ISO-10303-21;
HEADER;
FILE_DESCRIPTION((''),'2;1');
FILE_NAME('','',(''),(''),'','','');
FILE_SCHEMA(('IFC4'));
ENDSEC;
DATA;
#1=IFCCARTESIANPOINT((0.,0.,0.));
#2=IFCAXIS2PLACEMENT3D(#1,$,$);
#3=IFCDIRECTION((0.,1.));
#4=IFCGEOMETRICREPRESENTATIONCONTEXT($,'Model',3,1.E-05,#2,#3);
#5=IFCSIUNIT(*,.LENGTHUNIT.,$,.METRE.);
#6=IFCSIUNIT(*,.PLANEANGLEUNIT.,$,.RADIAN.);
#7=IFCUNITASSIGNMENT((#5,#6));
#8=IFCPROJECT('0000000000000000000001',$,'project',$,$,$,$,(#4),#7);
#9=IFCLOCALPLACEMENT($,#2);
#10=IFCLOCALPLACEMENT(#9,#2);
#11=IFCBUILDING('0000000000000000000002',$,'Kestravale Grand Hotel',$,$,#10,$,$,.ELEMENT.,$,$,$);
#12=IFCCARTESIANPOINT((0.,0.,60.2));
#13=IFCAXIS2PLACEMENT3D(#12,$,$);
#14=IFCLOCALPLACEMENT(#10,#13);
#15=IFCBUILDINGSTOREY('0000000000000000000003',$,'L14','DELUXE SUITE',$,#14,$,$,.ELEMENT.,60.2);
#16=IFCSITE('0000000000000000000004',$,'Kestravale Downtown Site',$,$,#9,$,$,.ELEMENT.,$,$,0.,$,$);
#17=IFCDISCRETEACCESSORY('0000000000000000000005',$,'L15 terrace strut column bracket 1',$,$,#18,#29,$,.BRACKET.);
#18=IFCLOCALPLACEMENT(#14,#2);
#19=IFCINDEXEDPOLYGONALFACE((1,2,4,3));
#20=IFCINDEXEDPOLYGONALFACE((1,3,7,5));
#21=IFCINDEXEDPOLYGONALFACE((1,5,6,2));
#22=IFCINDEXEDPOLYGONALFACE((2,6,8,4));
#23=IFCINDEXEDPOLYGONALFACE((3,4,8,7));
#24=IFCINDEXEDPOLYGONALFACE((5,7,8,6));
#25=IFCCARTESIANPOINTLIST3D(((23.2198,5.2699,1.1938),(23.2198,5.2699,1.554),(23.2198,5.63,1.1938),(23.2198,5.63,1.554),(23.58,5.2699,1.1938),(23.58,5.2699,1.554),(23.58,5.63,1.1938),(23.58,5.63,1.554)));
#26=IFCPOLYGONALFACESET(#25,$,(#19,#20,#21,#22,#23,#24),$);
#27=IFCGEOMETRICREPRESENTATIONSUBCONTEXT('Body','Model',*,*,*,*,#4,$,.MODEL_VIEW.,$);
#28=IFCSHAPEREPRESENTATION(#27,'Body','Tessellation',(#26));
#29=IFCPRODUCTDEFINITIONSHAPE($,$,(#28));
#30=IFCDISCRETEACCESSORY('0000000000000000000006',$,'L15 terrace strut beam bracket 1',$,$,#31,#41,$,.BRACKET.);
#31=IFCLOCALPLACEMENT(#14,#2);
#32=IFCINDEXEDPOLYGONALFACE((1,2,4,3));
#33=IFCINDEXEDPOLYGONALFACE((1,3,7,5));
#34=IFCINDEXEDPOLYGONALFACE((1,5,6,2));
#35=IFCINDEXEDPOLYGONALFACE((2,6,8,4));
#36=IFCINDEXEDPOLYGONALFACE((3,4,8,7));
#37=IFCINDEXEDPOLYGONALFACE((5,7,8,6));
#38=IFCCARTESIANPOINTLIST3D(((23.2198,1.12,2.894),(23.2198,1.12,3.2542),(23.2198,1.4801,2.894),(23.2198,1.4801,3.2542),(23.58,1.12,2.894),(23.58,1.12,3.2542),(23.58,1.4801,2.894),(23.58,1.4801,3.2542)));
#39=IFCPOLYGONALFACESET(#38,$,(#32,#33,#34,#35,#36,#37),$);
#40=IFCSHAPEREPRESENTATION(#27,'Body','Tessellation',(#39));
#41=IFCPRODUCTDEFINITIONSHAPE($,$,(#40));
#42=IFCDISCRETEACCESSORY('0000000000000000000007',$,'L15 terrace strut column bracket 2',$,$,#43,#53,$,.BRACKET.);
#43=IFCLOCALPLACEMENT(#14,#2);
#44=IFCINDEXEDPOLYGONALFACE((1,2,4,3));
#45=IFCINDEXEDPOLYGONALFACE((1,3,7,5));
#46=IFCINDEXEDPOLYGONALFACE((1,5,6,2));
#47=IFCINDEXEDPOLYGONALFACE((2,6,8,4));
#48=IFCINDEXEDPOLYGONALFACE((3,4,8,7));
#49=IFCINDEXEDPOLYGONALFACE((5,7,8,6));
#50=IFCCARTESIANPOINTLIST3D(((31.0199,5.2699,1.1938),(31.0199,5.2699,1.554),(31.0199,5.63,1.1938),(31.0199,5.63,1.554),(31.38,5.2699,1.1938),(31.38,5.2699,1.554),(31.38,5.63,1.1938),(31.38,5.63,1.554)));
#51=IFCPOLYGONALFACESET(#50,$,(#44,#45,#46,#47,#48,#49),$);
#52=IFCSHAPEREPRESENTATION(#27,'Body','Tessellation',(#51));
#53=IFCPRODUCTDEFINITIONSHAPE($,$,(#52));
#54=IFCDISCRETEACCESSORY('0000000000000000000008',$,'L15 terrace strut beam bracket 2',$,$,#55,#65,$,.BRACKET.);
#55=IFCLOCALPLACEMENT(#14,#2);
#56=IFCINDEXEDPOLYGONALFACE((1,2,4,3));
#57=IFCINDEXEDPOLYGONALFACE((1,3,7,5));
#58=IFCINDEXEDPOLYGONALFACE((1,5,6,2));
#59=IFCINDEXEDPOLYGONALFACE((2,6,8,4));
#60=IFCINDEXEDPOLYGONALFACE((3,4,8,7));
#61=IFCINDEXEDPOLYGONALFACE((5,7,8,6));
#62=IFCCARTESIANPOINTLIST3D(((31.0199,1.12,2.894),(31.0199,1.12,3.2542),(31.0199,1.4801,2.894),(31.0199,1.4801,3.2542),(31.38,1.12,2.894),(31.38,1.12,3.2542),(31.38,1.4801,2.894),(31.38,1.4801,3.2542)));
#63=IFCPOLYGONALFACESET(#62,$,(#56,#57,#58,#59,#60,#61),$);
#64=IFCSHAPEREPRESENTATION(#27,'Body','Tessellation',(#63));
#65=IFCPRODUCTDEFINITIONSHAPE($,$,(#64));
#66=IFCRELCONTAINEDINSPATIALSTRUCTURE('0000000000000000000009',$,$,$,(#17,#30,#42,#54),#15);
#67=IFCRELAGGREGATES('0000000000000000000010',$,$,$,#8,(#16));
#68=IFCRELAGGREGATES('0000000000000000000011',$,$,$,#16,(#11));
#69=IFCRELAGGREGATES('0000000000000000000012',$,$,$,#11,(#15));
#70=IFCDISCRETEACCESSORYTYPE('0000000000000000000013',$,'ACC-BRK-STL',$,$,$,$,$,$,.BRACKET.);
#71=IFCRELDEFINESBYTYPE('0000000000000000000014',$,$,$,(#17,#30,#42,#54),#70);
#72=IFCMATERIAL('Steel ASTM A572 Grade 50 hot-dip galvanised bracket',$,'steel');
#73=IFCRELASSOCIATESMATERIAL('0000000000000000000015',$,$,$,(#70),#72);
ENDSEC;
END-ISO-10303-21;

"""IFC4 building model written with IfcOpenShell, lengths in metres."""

from ifc_helpers import new_model, si_unit, direction, frame, origin, origin_2d, place, context, subcontext, project, spatial, rectangle, extrude, material, type_object, element, save


model = new_model("IFC4")

# Units and contexts
model_context = context("Model", 3, precision=1e-05, world=origin(), true_north=direction((0.0, 1.0)))
body_context = subcontext(model_context, "Body", "Model", "MODEL_VIEW")
ifc_project = project(units=[si_unit("LENGTHUNIT", "METRE"), si_unit("PLANEANGLEUNIT", "RADIAN")], contexts=[model_context])

# Site, building, storey
site_placement = place(None, origin())
site = spatial("IfcSite", under=ifc_project, at=site_placement, Name="Kestravale Downtown Site", CompositionType="ELEMENT", RefElevation=0.0)
building_placement = place(site_placement, origin())
building = spatial("IfcBuilding", under=site, at=building_placement, Name="Kestravale Grand Hotel", CompositionType="ELEMENT")
storey_placement = place(building_placement, frame((0.0, 0.0, 60.2)))
storey = spatial("IfcBuildingStorey", under=building, at=storey_placement, Name="L14", Description="DELUXE SUITE", CompositionType="ELEMENT", Elevation=60.2)

# Discrete accessories
ifc_material_1 = material(Name="Steel ASTM A572 Grade 50 hot-dip galvanised bracket", Category="steel")
discrete_accessory_type = type_object("IfcDiscreteAccessoryType", Name="ACC-BRK-STL", PredefinedType="BRACKET", material=ifc_material_1)
for number, where, z_axis, x_axis, name in (
    (1, (23.3999, 5.45, 1.1938), (0.0, 0.0, 1.0), (1.0, 0.0, 0.0), "L15 terrace strut column bracket 1"),
    (2, (23.3999, 1.3, 2.894), (0.0, 0.0, 1.0), (1.0, 0.0, 0.0), "L15 terrace strut beam bracket 1"),
    (3, (31.2, 5.45, 1.1938), (0.0, 0.0, 1.0), (1.0, 0.0, 0.0), "L15 terrace strut column bracket 2"),
    (4, (31.2, 1.3, 2.894), (0.0, 0.0, 1.0), (1.0, 0.0, 0.0), "L15 terrace strut beam bracket 2"),
):
    element("IfcDiscreteAccessory", number, at=place(storey_placement, frame(where, z_axis=z_axis, x_axis=x_axis)), inside=storey, type_object=discrete_accessory_type, Name=name, PredefinedType="BRACKET", context=body_context, shape_type="SweptSolid", body=[
        extrude(rectangle(XDim=0.3601, YDim=0.3601, at=origin_2d()), origin(), (0.0, 0.0, 1.0), 0.3601),
    ])

save(model, "model.ifc")
